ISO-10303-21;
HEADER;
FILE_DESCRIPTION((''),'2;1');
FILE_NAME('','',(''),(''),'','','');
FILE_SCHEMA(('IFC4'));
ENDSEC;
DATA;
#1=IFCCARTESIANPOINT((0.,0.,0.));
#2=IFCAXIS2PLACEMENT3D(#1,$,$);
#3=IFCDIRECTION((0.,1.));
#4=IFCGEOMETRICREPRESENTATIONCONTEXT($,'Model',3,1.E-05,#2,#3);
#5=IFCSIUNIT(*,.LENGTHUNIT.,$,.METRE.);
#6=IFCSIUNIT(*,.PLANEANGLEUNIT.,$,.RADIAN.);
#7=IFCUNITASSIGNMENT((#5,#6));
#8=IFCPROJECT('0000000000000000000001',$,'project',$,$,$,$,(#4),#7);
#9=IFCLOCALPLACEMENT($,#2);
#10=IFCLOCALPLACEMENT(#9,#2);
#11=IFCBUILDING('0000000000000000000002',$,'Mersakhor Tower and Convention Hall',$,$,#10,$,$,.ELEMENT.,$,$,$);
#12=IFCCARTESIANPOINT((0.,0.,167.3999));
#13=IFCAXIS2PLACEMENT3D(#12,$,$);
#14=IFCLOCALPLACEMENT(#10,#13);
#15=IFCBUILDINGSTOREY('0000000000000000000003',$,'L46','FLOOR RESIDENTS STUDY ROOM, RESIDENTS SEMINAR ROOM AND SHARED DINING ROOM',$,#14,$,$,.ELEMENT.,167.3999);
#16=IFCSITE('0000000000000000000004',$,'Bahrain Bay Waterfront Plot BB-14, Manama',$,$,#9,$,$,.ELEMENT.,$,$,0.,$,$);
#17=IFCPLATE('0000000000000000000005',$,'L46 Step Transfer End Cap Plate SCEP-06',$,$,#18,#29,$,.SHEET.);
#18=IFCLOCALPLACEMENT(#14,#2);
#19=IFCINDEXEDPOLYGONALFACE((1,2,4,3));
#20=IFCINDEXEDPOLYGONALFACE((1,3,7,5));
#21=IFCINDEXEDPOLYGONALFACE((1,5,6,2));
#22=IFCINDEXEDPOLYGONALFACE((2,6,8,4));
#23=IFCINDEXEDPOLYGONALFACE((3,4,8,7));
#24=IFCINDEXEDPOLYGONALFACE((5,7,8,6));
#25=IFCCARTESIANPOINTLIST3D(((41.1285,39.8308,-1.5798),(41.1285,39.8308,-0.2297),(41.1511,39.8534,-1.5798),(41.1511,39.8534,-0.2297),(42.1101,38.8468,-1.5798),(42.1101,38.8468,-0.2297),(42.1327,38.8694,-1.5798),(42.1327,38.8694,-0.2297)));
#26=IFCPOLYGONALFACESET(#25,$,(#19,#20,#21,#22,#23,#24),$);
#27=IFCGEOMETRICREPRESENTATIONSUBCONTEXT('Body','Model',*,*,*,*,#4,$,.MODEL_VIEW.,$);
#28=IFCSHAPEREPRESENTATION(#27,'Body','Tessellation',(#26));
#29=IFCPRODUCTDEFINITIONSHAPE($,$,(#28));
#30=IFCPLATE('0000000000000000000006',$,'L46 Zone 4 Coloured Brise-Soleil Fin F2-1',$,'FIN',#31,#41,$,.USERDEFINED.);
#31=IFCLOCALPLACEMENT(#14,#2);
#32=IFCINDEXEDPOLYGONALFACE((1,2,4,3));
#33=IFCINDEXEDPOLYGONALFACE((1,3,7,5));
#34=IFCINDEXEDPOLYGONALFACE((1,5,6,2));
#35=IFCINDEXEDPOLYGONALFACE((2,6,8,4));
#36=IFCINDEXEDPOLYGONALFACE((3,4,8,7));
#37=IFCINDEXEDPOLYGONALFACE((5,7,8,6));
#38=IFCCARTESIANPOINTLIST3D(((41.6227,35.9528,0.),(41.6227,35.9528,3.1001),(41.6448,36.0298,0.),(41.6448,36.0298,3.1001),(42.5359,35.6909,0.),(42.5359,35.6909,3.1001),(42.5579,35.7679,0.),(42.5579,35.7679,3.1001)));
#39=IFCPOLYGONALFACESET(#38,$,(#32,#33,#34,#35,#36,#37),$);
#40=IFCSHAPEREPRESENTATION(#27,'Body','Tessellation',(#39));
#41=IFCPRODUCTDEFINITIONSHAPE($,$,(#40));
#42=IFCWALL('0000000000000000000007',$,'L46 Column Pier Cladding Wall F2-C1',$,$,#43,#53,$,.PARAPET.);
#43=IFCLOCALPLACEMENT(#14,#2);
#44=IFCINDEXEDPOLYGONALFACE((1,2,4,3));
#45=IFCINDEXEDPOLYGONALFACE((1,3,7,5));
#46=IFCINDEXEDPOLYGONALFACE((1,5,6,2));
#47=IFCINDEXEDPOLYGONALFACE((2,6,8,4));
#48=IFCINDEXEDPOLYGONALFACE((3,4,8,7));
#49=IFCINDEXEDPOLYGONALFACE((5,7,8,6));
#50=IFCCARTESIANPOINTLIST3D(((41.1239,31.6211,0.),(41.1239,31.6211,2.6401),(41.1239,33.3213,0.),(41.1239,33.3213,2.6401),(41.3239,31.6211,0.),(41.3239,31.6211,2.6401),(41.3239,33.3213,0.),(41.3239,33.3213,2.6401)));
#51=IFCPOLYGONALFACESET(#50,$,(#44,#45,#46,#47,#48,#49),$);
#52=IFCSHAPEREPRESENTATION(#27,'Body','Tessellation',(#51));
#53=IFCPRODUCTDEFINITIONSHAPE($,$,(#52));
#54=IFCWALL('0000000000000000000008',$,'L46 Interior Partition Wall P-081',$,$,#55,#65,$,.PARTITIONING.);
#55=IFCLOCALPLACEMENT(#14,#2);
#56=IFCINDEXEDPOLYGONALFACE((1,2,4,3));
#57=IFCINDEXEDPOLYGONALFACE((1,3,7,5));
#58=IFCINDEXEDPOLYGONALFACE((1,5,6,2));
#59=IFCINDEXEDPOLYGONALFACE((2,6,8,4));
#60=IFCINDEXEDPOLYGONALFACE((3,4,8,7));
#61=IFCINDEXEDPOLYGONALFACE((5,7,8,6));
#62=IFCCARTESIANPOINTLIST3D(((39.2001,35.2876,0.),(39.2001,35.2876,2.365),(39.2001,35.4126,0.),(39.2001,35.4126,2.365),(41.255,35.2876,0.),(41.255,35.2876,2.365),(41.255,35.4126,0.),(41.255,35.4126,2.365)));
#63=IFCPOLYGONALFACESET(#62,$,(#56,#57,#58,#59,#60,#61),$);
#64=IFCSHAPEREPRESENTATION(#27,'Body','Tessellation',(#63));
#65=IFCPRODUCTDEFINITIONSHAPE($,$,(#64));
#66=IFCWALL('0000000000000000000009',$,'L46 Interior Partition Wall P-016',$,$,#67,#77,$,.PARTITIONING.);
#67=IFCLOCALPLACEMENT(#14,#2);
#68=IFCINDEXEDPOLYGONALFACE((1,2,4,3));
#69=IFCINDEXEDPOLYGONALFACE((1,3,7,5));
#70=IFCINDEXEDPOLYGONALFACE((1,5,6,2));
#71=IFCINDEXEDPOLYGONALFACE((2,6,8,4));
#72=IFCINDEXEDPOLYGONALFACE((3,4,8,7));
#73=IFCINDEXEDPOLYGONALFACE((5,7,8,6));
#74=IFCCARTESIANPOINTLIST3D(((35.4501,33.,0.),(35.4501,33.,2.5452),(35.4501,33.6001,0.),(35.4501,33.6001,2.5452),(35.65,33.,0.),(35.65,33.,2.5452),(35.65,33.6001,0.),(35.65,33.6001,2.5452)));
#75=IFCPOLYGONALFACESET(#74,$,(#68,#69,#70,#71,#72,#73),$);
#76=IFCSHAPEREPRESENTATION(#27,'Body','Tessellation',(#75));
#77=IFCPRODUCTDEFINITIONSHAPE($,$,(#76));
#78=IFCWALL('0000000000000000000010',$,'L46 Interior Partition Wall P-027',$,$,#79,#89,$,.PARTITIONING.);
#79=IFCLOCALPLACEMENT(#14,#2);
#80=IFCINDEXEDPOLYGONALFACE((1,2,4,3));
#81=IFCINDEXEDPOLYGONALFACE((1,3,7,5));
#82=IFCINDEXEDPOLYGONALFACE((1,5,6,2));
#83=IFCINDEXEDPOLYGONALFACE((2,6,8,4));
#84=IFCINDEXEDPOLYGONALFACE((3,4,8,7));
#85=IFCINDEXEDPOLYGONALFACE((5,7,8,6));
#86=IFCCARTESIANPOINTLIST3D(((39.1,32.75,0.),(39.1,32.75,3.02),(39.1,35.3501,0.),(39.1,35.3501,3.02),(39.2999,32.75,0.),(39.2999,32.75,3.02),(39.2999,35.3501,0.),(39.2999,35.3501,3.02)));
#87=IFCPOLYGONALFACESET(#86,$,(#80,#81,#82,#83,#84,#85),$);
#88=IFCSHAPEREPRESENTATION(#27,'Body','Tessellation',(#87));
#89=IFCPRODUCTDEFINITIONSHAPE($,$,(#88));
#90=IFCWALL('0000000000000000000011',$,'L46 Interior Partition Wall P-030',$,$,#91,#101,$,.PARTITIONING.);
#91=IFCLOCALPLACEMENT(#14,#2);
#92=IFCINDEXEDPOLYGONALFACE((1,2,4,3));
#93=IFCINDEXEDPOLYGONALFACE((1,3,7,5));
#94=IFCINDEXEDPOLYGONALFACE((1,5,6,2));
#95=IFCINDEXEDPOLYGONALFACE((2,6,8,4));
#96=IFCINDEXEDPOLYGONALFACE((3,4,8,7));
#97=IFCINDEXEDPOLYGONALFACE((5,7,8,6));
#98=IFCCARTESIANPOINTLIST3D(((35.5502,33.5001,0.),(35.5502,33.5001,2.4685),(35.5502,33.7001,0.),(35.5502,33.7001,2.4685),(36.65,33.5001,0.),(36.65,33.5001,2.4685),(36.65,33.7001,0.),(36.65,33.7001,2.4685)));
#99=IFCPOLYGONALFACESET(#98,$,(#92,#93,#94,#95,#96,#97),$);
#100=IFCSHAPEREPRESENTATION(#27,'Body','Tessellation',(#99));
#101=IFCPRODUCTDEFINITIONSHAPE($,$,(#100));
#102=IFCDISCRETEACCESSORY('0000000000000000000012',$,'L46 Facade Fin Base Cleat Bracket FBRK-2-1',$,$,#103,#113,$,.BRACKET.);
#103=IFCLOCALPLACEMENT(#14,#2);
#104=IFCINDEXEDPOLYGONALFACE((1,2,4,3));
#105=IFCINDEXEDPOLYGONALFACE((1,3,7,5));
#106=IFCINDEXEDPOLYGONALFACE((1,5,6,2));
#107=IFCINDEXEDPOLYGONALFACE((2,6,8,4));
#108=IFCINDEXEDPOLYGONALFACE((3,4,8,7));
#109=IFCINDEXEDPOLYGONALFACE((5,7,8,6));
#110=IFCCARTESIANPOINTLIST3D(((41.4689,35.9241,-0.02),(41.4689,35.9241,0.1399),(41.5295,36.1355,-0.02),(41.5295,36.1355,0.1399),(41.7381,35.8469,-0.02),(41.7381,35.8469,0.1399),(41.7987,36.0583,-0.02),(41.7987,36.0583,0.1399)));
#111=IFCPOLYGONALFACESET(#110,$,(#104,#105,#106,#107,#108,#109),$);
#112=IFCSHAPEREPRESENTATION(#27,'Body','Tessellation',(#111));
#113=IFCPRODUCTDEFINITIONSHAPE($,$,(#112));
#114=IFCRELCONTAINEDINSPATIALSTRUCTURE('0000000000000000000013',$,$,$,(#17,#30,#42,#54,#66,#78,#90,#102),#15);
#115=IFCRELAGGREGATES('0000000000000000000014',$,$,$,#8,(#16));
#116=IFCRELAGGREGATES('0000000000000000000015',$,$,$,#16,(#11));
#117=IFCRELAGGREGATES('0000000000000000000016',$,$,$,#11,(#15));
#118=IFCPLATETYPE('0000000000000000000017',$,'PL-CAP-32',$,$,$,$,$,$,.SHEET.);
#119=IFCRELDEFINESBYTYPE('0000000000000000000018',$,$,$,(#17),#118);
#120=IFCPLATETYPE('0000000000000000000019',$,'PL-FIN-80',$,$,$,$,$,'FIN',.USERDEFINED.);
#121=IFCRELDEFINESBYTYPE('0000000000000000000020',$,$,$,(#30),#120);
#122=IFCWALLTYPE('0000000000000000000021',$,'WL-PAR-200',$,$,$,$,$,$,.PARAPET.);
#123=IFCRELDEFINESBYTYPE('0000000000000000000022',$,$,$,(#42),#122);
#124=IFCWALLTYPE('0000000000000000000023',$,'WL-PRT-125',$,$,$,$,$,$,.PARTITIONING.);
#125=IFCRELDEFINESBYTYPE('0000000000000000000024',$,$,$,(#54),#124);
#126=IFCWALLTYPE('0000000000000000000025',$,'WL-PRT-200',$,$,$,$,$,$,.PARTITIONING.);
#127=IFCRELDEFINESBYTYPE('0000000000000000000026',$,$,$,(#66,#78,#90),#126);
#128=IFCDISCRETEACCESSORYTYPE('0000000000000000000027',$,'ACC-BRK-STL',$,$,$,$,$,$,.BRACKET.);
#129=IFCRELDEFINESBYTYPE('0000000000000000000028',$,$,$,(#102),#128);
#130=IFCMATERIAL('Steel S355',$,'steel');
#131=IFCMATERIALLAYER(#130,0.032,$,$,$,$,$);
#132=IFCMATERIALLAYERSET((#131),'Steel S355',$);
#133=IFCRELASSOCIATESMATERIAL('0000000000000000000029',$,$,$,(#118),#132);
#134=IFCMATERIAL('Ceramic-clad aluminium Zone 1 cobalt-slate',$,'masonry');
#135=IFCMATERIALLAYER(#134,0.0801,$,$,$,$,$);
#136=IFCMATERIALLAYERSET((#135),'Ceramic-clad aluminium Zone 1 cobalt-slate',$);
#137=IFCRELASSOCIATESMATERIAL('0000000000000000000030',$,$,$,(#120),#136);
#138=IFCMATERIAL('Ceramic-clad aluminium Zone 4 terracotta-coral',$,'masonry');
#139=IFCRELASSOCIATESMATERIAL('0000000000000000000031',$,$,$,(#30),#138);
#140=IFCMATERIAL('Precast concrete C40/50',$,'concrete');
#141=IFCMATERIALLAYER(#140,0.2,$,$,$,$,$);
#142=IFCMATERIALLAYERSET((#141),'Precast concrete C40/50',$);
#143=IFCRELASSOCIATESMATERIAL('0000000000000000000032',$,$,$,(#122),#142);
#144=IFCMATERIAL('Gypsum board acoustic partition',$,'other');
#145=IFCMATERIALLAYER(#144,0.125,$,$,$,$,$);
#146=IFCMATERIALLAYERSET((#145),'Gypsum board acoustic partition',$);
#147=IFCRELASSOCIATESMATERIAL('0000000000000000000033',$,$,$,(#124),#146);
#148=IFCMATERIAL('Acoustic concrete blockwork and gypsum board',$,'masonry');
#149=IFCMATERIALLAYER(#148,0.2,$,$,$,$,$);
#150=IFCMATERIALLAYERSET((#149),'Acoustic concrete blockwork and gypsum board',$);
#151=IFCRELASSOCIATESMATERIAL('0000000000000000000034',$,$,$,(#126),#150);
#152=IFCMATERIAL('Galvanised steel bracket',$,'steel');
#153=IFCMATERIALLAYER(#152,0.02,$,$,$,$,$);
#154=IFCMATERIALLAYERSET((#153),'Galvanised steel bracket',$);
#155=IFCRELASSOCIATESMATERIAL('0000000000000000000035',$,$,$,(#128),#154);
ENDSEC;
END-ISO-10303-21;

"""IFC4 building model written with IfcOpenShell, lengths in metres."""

from ifc_helpers import new_model, si_unit, direction, frame, frame_2d, origin, origin_2d, place, context, subcontext, project, spatial, rectangle, extrude, material, layer, layer_set, type_object, element, save


model = new_model("IFC4")

# Units and contexts
model_context = context("Model", 3, precision=1e-05, world=origin(), true_north=direction((0.0, 1.0)))
body_context = subcontext(model_context, "Body", "Model", "MODEL_VIEW")
ifc_project = project(units=[si_unit("LENGTHUNIT", "METRE"), si_unit("PLANEANGLEUNIT", "RADIAN")], contexts=[model_context])

# Site, building, storey
site_placement = place(None, origin())
site = spatial("IfcSite", under=ifc_project, at=site_placement, Name="Bahrain Bay Waterfront Plot BB-14, Manama", CompositionType="ELEMENT", RefElevation=0.0)
building_placement = place(site_placement, origin())
building = spatial("IfcBuilding", under=site, at=building_placement, Name="Mersakhor Tower and Convention Hall", CompositionType="ELEMENT")
storey_placement = place(building_placement, frame((0.0, 0.0, 167.3999)))
storey = spatial("IfcBuildingStorey", under=building, at=storey_placement, Name="L46", Description="FLOOR RESIDENTS STUDY ROOM, RESIDENTS SEMINAR ROOM AND SHARED DINING ROOM", CompositionType="ELEMENT", Elevation=167.3999)

# Plates
ifc_material_1 = material(Name="Steel S355", Category="steel")
ifc_layer_1 = layer(ifc_material_1, 0.032)
ifc_layer_set_1 = layer_set([ifc_layer_1], Name="Steel S355")
plate_type_1 = type_object("IfcPlateType", Name="PL-CAP-32", PredefinedType="SHEET", material=ifc_layer_set_1)
plate_1_placement = place(storey_placement, frame((41.6306, 39.3501, -1.5798), z_axis=(0.0, 0.0, 1.0), x_axis=(-0.70797, -0.706242, 0.0)))
element("IfcPlate", 1, at=plate_1_placement, inside=storey, type_object=plate_type_1, Name="L46 Step Transfer End Cap Plate SCEP-06", PredefinedType="SHEET", context=body_context, shape_type="SweptSolid", body=[
    extrude(rectangle(XDim=0.032, YDim=1.3899, at=origin_2d()), origin(), (0.0, 0.0, 1.0), 1.3501),
])
ifc_material_2 = material(Name="Ceramic-clad aluminium Zone 4 terracotta-coral", Category="masonry")
ifc_material_3 = material(Name="Ceramic-clad aluminium Zone 1 cobalt-slate", Category="masonry")
ifc_layer_2 = layer(ifc_material_3, 0.0801)
ifc_layer_set_2 = layer_set([ifc_layer_2], Name="Ceramic-clad aluminium Zone 1 cobalt-slate")
plate_type_2 = type_object("IfcPlateType", Name="PL-FIN-80", ElementType="FIN", PredefinedType="USERDEFINED", material=ifc_layer_set_2)
plate_2_placement = place(storey_placement, frame((42.0903, 35.8604, 0.0), z_axis=(0.0, 0.0, 1.0), x_axis=(0.961262, -0.275637, 0.0)))
element("IfcPlate", 2, at=plate_2_placement, inside=storey, type_object=plate_type_2, material=ifc_material_2, Name="L46 Zone 4 Coloured Brise-Soleil Fin F2-1", ObjectType="FIN", PredefinedType="USERDEFINED", context=body_context, shape_type="SweptSolid", body=[
    extrude(rectangle(XDim=0.95, YDim=0.0801, at=origin_2d()), origin(), (0.0, 0.0, 1.0), 3.1001),
])

# Walls
ifc_material_4 = material(Name="Precast concrete C40/50", Category="concrete")
ifc_layer_3 = layer(ifc_material_4, 0.2)
ifc_layer_set_3 = layer_set([ifc_layer_3], Name="Precast concrete C40/50")
wall_type_1 = type_object("IfcWallType", Name="WL-PAR-200", PredefinedType="PARAPET", material=ifc_layer_set_3)
wall_1_placement = place(storey_placement, frame((41.2239, 33.3213, 0.0), z_axis=(0.0, 0.0, 1.0), x_axis=(0.0, -1.0, 0.0)))
element("IfcWall", 3, at=wall_1_placement, inside=storey, type_object=wall_type_1, Name="L46 Column Pier Cladding Wall F2-C1", PredefinedType="PARAPET", context=body_context, shape_type="SweptSolid", body=[
    extrude(rectangle(XDim=1.7002, YDim=0.2, at=frame_2d((0.8501, 0.0))), origin(), (0.0, 0.0, 1.0), 2.6401),
])
ifc_material_5 = material(Name="Gypsum board acoustic partition", Category="other")
ifc_layer_4 = layer(ifc_material_5, 0.125)
ifc_layer_set_4 = layer_set([ifc_layer_4], Name="Gypsum board acoustic partition")
wall_type_2 = type_object("IfcWallType", Name="WL-PRT-125", PredefinedType="PARTITIONING", material=ifc_layer_set_4)
wall_2_placement = place(storey_placement, frame((41.2549, 35.3501, 0.0), z_axis=(0.0, 0.0, 1.0), x_axis=(-1.0, 0.0, 0.0)))
element("IfcWall", 4, at=wall_2_placement, inside=storey, type_object=wall_type_2, Name="L46 Interior Partition Wall P-081", PredefinedType="PARTITIONING", context=body_context, shape_type="SweptSolid", body=[
    extrude(rectangle(XDim=2.0549, YDim=0.125, at=frame_2d((1.0273, 0.0))), origin(), (0.0, 0.0, 1.0), 2.365),
])
ifc_material_6 = material(Name="Acoustic concrete blockwork and gypsum board", Category="masonry")
ifc_layer_5 = layer(ifc_material_6, 0.2)
ifc_layer_set_5 = layer_set([ifc_layer_5], Name="Acoustic concrete blockwork and gypsum board")
wall_type_3 = type_object("IfcWallType", Name="WL-PRT-200", PredefinedType="PARTITIONING", material=ifc_layer_set_5)
wall_3_placement = place(storey_placement, frame((35.55, 33.6001, 0.0), z_axis=(0.0, 0.0, 1.0), x_axis=(0.0, -1.0, 0.0)))
element("IfcWall", 5, at=wall_3_placement, inside=storey, type_object=wall_type_3, Name="L46 Interior Partition Wall P-016", PredefinedType="PARTITIONING", context=body_context, shape_type="SweptSolid", body=[
    extrude(rectangle(XDim=0.6001, YDim=0.2, at=frame_2d((0.3, 0.0))), origin(), (0.0, 0.0, 1.0), 2.5452),
])

# Walls
wall_4_placement = place(storey_placement, frame((39.2, 35.3501, 0.0), z_axis=(0.0, 0.0, 1.0), x_axis=(0.0, -1.0, 0.0)))
element("IfcWall", 6, at=wall_4_placement, inside=storey, type_object=wall_type_3, Name="L46 Interior Partition Wall P-027", PredefinedType="PARTITIONING", context=body_context, shape_type="SweptSolid", body=[
    extrude(rectangle(XDim=2.6001, YDim=0.2, at=frame_2d((1.3, 0.0))), origin(), (0.0, 0.0, 1.0), 3.02),
])
wall_5_placement = place(storey_placement, frame((36.6499, 33.6001, 0.0), z_axis=(0.0, 0.0, 1.0), x_axis=(-1.0, 0.0, 0.0)))
element("IfcWall", 7, at=wall_5_placement, inside=storey, type_object=wall_type_3, Name="L46 Interior Partition Wall P-030", PredefinedType="PARTITIONING", context=body_context, shape_type="SweptSolid", body=[
    extrude(rectangle(XDim=1.0999, YDim=0.2, at=frame_2d((0.5498, 0.0))), origin(), (0.0, 0.0, 1.0), 2.4685),
])

# Discrete accessory
ifc_material_7 = material(Name="Galvanised steel bracket", Category="steel")
ifc_layer_6 = layer(ifc_material_7, 0.02)
ifc_layer_set_6 = layer_set([ifc_layer_6], Name="Galvanised steel bracket")
discrete_accessory_type = type_object("IfcDiscreteAccessoryType", Name="ACC-BRK-STL", PredefinedType="BRACKET", material=ifc_layer_set_6)
discrete_accessory_placement = place(storey_placement, frame((41.6338, 35.9912, -0.02), z_axis=(0.0, 0.0, 1.0), x_axis=(0.961262, -0.275637, 0.0)))
element("IfcDiscreteAccessory", 8, at=discrete_accessory_placement, inside=storey, type_object=discrete_accessory_type, Name="L46 Facade Fin Base Cleat Bracket FBRK-2-1", PredefinedType="BRACKET", context=body_context, shape_type="SweptSolid", body=[
    extrude(rectangle(XDim=0.28, YDim=0.22, at=origin_2d()), origin(), (0.0, 0.0, 1.0), 0.1599),
])

save(model, "model.ifc")
